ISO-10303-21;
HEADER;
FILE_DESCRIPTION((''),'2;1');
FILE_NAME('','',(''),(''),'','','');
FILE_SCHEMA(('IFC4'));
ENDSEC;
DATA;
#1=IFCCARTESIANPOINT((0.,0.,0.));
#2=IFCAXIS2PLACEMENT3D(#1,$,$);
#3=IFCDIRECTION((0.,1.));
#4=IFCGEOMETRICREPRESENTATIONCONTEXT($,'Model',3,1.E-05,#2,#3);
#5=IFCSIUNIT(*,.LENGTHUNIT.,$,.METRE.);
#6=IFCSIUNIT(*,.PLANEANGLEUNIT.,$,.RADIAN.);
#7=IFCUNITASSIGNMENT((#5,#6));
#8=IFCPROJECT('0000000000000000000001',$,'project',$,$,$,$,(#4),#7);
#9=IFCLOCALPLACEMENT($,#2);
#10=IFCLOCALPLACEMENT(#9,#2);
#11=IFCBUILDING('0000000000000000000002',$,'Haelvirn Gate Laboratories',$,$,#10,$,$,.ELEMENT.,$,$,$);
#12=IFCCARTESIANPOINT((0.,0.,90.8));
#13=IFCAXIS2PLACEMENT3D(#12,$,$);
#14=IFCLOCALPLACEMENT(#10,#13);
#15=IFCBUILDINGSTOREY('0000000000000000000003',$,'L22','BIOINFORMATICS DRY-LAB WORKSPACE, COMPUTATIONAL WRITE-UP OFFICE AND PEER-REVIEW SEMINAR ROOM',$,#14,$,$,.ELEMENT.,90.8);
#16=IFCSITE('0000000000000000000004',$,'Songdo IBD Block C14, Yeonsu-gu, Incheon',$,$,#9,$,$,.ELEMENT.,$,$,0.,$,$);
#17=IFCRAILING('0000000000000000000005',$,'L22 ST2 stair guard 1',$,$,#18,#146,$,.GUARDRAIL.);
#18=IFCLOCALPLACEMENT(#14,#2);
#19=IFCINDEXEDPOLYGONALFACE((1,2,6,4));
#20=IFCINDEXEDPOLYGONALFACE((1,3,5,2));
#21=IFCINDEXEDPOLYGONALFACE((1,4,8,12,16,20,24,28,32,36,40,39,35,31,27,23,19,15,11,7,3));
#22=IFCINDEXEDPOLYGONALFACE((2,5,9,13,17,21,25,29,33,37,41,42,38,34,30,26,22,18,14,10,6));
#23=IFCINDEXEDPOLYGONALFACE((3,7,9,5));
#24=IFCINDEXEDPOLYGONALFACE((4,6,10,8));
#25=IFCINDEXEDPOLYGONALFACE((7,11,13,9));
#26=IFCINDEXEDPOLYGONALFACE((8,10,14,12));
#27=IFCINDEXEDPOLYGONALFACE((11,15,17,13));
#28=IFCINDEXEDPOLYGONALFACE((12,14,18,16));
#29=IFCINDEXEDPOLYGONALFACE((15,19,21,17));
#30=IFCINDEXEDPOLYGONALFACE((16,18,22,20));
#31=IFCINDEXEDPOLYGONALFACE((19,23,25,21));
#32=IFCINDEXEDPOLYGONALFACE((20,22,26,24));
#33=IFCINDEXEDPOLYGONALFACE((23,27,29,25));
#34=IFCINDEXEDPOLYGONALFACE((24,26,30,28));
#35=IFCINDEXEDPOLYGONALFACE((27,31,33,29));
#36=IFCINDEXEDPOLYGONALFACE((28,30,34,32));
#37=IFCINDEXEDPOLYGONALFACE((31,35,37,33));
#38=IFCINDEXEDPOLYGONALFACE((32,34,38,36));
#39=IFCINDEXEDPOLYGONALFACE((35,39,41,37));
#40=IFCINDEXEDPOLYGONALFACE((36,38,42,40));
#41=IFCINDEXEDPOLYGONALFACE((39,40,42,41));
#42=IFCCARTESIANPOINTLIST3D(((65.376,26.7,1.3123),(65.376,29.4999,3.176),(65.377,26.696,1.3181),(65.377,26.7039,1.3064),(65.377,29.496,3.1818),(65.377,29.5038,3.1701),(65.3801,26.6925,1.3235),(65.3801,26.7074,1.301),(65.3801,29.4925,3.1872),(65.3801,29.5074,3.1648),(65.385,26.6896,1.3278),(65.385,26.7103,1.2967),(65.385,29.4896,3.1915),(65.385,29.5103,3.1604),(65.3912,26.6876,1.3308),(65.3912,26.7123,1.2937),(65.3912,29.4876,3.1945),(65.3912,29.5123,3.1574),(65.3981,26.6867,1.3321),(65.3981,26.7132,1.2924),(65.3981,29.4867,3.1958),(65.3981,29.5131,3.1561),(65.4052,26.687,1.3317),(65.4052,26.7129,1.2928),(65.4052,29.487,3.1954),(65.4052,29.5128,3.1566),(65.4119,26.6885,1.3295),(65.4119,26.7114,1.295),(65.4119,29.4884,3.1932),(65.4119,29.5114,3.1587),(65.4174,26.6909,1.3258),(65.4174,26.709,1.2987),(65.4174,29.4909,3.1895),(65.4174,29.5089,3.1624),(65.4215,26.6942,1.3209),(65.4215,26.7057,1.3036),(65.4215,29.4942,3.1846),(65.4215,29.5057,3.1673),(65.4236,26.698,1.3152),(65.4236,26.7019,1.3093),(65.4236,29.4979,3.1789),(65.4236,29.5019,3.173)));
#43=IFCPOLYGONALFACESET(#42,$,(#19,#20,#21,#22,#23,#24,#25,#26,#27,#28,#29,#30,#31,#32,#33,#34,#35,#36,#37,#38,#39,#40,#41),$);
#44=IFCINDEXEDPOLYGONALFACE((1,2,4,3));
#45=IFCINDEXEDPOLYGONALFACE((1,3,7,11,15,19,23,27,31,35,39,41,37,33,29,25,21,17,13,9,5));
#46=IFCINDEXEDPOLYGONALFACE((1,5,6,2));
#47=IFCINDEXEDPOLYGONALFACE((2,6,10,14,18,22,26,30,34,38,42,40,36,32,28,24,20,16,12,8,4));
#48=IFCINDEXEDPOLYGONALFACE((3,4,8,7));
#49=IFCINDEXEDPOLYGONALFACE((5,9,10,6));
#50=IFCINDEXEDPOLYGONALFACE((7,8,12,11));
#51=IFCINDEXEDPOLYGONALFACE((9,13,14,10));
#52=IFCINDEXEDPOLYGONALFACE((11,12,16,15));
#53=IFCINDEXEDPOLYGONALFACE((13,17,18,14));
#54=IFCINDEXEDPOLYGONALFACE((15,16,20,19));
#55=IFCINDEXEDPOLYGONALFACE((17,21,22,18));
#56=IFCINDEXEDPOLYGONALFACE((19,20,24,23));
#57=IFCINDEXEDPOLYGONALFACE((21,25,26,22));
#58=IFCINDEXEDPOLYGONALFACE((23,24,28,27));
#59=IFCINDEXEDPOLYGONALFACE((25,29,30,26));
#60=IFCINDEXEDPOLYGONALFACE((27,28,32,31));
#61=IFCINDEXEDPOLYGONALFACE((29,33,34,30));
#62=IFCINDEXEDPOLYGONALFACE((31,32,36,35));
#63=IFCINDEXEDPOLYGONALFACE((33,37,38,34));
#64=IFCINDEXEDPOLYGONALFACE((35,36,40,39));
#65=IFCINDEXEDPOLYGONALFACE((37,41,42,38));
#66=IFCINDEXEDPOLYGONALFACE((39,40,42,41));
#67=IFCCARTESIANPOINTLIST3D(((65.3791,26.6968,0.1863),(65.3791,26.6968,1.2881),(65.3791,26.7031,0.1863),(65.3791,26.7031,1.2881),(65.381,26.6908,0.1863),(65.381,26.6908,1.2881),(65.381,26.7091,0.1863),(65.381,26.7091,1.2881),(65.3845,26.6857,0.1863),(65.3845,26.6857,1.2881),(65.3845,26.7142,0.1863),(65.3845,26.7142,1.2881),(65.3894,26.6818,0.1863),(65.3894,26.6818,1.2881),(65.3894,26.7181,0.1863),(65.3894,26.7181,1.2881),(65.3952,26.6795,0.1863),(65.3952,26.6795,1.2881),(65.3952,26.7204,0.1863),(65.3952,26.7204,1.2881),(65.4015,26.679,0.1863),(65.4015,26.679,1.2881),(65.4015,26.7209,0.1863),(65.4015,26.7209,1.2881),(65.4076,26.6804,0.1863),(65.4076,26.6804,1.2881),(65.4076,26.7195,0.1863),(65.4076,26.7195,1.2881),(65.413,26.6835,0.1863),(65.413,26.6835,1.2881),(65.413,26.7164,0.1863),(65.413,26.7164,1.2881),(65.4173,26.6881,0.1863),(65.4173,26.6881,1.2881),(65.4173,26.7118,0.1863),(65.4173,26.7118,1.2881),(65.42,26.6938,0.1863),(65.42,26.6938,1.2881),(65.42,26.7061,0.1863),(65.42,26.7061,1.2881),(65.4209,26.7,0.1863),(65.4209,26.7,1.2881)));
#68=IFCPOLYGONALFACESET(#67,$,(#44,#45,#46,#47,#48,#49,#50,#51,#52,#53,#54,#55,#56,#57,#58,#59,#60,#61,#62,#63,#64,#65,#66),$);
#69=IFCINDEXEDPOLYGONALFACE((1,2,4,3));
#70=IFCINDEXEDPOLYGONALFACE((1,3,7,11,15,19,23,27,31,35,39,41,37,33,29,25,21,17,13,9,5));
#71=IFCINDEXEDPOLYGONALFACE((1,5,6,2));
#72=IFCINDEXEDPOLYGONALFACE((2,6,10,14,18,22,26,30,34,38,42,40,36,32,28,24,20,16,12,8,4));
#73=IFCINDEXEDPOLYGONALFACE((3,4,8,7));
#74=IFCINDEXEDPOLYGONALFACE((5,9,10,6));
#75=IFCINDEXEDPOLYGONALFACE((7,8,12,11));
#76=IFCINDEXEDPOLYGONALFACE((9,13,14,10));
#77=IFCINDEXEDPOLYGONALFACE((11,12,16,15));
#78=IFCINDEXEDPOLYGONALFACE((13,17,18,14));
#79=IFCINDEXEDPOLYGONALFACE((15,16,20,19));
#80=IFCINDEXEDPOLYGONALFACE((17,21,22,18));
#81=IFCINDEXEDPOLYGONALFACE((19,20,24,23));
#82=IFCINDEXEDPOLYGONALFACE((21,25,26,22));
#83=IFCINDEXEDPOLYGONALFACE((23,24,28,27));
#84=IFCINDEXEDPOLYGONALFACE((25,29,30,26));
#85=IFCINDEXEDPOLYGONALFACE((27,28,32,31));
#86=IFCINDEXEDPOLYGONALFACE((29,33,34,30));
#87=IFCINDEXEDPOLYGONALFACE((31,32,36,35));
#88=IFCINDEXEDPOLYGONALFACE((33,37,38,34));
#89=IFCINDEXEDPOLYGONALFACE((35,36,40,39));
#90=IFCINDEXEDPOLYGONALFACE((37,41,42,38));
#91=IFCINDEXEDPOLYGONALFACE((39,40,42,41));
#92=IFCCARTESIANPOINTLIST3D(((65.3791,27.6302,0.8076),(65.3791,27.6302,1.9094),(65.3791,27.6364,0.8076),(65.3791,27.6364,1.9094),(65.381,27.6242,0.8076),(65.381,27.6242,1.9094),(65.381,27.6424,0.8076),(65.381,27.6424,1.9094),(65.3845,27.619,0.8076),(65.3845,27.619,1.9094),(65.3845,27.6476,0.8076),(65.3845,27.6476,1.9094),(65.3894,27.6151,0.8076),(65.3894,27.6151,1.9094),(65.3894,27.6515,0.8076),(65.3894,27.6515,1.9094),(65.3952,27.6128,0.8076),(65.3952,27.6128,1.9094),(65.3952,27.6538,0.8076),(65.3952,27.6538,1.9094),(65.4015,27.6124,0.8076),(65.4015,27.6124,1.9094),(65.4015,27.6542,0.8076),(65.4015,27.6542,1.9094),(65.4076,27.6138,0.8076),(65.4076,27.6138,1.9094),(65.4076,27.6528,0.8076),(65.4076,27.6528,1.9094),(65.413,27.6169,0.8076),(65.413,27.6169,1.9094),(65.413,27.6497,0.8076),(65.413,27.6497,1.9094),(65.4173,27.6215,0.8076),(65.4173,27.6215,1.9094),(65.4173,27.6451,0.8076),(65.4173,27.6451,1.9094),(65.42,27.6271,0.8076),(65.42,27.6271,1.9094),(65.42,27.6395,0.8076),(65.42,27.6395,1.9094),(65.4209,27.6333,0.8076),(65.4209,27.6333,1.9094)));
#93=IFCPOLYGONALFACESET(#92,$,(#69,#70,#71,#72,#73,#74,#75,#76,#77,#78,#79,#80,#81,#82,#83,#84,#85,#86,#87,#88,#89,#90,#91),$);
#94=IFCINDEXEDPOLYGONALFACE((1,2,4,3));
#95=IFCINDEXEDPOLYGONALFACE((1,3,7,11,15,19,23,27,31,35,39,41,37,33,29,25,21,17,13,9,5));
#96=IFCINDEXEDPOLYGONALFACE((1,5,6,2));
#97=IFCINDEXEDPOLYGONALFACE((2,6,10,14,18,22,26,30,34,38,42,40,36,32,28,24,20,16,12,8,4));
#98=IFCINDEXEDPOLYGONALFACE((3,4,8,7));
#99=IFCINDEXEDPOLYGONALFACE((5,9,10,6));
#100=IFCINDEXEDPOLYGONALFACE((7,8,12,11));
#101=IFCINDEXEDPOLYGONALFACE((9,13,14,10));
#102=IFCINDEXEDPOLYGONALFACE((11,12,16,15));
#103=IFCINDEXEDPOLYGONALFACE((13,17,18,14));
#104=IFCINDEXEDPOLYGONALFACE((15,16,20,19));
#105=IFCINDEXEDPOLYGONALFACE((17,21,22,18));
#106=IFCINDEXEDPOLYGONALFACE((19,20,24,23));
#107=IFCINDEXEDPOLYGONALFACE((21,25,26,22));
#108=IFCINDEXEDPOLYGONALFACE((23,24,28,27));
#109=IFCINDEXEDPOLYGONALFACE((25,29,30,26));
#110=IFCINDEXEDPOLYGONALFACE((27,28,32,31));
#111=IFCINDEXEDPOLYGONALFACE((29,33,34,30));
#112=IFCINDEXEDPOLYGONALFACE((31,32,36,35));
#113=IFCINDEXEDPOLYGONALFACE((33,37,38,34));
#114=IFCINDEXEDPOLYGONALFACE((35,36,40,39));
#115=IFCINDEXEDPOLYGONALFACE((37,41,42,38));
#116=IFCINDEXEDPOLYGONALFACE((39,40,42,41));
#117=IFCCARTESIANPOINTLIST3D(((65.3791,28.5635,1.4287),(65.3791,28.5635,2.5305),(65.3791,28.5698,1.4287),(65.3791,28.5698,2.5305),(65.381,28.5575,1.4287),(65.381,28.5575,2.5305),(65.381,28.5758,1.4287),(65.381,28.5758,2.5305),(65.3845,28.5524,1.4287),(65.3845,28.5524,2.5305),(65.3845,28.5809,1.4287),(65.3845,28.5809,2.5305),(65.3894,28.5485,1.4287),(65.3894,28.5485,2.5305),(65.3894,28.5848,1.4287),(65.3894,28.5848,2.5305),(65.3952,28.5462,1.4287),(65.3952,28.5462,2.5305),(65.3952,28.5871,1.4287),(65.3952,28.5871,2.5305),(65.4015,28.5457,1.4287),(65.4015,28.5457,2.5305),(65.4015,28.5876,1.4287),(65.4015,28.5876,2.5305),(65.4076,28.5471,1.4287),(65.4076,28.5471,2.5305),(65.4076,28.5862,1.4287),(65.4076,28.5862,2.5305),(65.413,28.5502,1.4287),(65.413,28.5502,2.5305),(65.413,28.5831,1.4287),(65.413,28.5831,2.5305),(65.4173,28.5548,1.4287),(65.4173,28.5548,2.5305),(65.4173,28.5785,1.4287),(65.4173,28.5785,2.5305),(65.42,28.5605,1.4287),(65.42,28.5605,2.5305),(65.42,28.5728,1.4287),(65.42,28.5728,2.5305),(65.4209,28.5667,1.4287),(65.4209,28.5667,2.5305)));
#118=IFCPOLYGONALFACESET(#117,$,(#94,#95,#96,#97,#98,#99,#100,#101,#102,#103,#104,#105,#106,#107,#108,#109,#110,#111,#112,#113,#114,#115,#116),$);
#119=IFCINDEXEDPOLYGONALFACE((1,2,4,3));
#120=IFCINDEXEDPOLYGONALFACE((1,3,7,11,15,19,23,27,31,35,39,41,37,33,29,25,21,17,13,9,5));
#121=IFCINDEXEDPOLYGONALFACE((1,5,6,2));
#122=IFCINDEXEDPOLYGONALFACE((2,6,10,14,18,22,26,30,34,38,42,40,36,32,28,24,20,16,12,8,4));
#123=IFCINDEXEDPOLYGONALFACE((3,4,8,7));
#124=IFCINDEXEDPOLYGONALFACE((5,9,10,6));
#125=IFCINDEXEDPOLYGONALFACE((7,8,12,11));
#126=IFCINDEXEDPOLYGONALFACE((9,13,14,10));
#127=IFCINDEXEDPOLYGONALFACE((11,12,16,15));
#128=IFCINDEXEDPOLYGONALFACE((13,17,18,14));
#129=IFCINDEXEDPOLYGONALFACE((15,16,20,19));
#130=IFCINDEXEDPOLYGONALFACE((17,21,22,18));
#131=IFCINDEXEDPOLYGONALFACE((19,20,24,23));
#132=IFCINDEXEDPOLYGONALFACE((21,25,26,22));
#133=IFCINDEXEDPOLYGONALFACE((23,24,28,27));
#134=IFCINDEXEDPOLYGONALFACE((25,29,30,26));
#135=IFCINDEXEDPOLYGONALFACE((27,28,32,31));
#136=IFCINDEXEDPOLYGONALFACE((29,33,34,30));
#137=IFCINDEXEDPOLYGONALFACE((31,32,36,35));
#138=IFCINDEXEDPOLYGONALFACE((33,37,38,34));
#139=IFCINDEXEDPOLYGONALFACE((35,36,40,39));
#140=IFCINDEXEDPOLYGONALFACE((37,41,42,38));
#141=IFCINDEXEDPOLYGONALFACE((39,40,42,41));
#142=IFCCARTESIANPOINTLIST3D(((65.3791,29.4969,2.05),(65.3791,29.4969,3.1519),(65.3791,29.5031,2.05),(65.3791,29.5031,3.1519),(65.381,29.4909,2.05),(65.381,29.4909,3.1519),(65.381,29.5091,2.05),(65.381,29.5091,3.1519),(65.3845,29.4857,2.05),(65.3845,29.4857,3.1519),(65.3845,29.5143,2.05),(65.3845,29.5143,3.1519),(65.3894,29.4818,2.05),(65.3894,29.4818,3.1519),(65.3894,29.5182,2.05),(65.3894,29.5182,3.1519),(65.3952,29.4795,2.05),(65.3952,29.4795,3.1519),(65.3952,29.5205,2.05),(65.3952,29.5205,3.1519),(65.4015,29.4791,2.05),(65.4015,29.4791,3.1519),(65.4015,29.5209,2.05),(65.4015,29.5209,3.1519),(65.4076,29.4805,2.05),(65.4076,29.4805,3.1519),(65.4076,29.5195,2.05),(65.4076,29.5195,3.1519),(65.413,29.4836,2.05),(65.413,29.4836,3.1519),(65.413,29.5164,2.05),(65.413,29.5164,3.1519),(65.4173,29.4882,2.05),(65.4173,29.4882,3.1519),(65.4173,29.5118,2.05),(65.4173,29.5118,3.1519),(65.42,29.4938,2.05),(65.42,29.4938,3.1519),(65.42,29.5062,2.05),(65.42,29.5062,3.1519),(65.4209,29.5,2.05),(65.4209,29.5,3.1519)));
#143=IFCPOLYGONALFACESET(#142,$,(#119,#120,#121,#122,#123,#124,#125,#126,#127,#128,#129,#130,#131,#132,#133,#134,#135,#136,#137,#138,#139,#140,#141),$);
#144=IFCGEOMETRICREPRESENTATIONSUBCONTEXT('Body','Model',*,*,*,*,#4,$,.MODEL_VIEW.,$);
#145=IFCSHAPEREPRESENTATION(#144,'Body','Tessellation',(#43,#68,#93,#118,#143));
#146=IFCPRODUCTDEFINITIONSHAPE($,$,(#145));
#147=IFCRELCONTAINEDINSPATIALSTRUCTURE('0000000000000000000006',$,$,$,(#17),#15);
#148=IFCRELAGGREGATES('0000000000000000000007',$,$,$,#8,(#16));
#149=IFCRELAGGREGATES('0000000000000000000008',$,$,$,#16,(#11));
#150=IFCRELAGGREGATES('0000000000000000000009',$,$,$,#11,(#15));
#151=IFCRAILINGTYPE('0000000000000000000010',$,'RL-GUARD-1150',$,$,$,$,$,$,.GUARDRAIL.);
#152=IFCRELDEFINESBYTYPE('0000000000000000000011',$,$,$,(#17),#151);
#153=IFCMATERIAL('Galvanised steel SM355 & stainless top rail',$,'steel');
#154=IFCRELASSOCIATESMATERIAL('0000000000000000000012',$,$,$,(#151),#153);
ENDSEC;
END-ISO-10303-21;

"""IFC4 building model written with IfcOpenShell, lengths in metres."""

from ifc_helpers import new_model, si_unit, direction, frame, origin, origin_2d, place, context, subcontext, project, spatial, circle, extrude, source, transform, mapped, material, type_object, element, save


model = new_model("IFC4")

# Units and contexts
model_context = context("Model", 3, precision=1e-05, world=origin(), true_north=direction((0.0, 1.0)))
body_context = subcontext(model_context, "Body", "Model", "MODEL_VIEW")
ifc_project = project(units=[si_unit("LENGTHUNIT", "METRE"), si_unit("PLANEANGLEUNIT", "RADIAN")], contexts=[model_context])

# Site, building, storey
site_placement = place(None, origin())
site = spatial("IfcSite", under=ifc_project, at=site_placement, Name="Songdo IBD Block C14, Yeonsu-gu, Incheon", CompositionType="ELEMENT", RefElevation=0.0)
building_placement = place(site_placement, origin())
building = spatial("IfcBuilding", under=site, at=building_placement, Name="Haelvirn Gate Laboratories", CompositionType="ELEMENT")
storey_placement = place(building_placement, frame((0.0, 0.0, 90.8)))
storey = spatial("IfcBuildingStorey", under=building, at=storey_placement, Name="L22", Description="BIOINFORMATICS DRY-LAB WORKSPACE, COMPUTATIONAL WRITE-UP OFFICE AND PEER-REVIEW SEMINAR ROOM", CompositionType="ELEMENT", Elevation=90.8)

# Railing
ifc_material_1 = material(Name="Galvanised steel SM355 & stainless top rail", Category="steel")
railing_type_1 = type_object("IfcRailingType", Name="RL-GUARD-1150", PredefinedType="GUARDRAIL", material=ifc_material_1)
shared_shape_1 = source(origin(), body_context, "Body", "SweptSolid", [
    extrude(circle(Radius=0.0239, at=origin_2d()), frame((0.0, 0.0, 1.126), z_axis=(0.0, 0.832452, 0.554097), x_axis=(-1.0, 0.0, 0.0)), (0.0, 0.0, 1.0), 3.3635),
    extrude(circle(Radius=0.021, at=origin_2d()), origin(), (0.0, 0.0, 1.0), 1.1018),
    extrude(circle(Radius=0.021, at=origin_2d()), frame((0.0, 0.9333, 0.6213)), (0.0, 0.0, 1.0), 1.1018),
    extrude(circle(Radius=0.021, at=origin_2d()), frame((0.0, 1.8667, 1.2424)), (0.0, 0.0, 1.0), 1.1018),
    extrude(circle(Radius=0.021, at=origin_2d()), frame((0.0, 2.8, 1.8638)), (0.0, 0.0, 1.0), 1.1018),
])
railing_1_placement = place(storey_placement, frame((65.3999, 26.7, 0.1863)))
element("IfcRailing", 1, at=railing_1_placement, inside=storey, type_object=railing_type_1, Name="L22 ST2 stair guard 1", PredefinedType="GUARDRAIL", context=body_context, shape_type="MappedRepresentation", body=[
    mapped(shared_shape_1, transform((0.0, 0.0, 0.0), scale=1.0)),
])

save(model, "model.ifc")
